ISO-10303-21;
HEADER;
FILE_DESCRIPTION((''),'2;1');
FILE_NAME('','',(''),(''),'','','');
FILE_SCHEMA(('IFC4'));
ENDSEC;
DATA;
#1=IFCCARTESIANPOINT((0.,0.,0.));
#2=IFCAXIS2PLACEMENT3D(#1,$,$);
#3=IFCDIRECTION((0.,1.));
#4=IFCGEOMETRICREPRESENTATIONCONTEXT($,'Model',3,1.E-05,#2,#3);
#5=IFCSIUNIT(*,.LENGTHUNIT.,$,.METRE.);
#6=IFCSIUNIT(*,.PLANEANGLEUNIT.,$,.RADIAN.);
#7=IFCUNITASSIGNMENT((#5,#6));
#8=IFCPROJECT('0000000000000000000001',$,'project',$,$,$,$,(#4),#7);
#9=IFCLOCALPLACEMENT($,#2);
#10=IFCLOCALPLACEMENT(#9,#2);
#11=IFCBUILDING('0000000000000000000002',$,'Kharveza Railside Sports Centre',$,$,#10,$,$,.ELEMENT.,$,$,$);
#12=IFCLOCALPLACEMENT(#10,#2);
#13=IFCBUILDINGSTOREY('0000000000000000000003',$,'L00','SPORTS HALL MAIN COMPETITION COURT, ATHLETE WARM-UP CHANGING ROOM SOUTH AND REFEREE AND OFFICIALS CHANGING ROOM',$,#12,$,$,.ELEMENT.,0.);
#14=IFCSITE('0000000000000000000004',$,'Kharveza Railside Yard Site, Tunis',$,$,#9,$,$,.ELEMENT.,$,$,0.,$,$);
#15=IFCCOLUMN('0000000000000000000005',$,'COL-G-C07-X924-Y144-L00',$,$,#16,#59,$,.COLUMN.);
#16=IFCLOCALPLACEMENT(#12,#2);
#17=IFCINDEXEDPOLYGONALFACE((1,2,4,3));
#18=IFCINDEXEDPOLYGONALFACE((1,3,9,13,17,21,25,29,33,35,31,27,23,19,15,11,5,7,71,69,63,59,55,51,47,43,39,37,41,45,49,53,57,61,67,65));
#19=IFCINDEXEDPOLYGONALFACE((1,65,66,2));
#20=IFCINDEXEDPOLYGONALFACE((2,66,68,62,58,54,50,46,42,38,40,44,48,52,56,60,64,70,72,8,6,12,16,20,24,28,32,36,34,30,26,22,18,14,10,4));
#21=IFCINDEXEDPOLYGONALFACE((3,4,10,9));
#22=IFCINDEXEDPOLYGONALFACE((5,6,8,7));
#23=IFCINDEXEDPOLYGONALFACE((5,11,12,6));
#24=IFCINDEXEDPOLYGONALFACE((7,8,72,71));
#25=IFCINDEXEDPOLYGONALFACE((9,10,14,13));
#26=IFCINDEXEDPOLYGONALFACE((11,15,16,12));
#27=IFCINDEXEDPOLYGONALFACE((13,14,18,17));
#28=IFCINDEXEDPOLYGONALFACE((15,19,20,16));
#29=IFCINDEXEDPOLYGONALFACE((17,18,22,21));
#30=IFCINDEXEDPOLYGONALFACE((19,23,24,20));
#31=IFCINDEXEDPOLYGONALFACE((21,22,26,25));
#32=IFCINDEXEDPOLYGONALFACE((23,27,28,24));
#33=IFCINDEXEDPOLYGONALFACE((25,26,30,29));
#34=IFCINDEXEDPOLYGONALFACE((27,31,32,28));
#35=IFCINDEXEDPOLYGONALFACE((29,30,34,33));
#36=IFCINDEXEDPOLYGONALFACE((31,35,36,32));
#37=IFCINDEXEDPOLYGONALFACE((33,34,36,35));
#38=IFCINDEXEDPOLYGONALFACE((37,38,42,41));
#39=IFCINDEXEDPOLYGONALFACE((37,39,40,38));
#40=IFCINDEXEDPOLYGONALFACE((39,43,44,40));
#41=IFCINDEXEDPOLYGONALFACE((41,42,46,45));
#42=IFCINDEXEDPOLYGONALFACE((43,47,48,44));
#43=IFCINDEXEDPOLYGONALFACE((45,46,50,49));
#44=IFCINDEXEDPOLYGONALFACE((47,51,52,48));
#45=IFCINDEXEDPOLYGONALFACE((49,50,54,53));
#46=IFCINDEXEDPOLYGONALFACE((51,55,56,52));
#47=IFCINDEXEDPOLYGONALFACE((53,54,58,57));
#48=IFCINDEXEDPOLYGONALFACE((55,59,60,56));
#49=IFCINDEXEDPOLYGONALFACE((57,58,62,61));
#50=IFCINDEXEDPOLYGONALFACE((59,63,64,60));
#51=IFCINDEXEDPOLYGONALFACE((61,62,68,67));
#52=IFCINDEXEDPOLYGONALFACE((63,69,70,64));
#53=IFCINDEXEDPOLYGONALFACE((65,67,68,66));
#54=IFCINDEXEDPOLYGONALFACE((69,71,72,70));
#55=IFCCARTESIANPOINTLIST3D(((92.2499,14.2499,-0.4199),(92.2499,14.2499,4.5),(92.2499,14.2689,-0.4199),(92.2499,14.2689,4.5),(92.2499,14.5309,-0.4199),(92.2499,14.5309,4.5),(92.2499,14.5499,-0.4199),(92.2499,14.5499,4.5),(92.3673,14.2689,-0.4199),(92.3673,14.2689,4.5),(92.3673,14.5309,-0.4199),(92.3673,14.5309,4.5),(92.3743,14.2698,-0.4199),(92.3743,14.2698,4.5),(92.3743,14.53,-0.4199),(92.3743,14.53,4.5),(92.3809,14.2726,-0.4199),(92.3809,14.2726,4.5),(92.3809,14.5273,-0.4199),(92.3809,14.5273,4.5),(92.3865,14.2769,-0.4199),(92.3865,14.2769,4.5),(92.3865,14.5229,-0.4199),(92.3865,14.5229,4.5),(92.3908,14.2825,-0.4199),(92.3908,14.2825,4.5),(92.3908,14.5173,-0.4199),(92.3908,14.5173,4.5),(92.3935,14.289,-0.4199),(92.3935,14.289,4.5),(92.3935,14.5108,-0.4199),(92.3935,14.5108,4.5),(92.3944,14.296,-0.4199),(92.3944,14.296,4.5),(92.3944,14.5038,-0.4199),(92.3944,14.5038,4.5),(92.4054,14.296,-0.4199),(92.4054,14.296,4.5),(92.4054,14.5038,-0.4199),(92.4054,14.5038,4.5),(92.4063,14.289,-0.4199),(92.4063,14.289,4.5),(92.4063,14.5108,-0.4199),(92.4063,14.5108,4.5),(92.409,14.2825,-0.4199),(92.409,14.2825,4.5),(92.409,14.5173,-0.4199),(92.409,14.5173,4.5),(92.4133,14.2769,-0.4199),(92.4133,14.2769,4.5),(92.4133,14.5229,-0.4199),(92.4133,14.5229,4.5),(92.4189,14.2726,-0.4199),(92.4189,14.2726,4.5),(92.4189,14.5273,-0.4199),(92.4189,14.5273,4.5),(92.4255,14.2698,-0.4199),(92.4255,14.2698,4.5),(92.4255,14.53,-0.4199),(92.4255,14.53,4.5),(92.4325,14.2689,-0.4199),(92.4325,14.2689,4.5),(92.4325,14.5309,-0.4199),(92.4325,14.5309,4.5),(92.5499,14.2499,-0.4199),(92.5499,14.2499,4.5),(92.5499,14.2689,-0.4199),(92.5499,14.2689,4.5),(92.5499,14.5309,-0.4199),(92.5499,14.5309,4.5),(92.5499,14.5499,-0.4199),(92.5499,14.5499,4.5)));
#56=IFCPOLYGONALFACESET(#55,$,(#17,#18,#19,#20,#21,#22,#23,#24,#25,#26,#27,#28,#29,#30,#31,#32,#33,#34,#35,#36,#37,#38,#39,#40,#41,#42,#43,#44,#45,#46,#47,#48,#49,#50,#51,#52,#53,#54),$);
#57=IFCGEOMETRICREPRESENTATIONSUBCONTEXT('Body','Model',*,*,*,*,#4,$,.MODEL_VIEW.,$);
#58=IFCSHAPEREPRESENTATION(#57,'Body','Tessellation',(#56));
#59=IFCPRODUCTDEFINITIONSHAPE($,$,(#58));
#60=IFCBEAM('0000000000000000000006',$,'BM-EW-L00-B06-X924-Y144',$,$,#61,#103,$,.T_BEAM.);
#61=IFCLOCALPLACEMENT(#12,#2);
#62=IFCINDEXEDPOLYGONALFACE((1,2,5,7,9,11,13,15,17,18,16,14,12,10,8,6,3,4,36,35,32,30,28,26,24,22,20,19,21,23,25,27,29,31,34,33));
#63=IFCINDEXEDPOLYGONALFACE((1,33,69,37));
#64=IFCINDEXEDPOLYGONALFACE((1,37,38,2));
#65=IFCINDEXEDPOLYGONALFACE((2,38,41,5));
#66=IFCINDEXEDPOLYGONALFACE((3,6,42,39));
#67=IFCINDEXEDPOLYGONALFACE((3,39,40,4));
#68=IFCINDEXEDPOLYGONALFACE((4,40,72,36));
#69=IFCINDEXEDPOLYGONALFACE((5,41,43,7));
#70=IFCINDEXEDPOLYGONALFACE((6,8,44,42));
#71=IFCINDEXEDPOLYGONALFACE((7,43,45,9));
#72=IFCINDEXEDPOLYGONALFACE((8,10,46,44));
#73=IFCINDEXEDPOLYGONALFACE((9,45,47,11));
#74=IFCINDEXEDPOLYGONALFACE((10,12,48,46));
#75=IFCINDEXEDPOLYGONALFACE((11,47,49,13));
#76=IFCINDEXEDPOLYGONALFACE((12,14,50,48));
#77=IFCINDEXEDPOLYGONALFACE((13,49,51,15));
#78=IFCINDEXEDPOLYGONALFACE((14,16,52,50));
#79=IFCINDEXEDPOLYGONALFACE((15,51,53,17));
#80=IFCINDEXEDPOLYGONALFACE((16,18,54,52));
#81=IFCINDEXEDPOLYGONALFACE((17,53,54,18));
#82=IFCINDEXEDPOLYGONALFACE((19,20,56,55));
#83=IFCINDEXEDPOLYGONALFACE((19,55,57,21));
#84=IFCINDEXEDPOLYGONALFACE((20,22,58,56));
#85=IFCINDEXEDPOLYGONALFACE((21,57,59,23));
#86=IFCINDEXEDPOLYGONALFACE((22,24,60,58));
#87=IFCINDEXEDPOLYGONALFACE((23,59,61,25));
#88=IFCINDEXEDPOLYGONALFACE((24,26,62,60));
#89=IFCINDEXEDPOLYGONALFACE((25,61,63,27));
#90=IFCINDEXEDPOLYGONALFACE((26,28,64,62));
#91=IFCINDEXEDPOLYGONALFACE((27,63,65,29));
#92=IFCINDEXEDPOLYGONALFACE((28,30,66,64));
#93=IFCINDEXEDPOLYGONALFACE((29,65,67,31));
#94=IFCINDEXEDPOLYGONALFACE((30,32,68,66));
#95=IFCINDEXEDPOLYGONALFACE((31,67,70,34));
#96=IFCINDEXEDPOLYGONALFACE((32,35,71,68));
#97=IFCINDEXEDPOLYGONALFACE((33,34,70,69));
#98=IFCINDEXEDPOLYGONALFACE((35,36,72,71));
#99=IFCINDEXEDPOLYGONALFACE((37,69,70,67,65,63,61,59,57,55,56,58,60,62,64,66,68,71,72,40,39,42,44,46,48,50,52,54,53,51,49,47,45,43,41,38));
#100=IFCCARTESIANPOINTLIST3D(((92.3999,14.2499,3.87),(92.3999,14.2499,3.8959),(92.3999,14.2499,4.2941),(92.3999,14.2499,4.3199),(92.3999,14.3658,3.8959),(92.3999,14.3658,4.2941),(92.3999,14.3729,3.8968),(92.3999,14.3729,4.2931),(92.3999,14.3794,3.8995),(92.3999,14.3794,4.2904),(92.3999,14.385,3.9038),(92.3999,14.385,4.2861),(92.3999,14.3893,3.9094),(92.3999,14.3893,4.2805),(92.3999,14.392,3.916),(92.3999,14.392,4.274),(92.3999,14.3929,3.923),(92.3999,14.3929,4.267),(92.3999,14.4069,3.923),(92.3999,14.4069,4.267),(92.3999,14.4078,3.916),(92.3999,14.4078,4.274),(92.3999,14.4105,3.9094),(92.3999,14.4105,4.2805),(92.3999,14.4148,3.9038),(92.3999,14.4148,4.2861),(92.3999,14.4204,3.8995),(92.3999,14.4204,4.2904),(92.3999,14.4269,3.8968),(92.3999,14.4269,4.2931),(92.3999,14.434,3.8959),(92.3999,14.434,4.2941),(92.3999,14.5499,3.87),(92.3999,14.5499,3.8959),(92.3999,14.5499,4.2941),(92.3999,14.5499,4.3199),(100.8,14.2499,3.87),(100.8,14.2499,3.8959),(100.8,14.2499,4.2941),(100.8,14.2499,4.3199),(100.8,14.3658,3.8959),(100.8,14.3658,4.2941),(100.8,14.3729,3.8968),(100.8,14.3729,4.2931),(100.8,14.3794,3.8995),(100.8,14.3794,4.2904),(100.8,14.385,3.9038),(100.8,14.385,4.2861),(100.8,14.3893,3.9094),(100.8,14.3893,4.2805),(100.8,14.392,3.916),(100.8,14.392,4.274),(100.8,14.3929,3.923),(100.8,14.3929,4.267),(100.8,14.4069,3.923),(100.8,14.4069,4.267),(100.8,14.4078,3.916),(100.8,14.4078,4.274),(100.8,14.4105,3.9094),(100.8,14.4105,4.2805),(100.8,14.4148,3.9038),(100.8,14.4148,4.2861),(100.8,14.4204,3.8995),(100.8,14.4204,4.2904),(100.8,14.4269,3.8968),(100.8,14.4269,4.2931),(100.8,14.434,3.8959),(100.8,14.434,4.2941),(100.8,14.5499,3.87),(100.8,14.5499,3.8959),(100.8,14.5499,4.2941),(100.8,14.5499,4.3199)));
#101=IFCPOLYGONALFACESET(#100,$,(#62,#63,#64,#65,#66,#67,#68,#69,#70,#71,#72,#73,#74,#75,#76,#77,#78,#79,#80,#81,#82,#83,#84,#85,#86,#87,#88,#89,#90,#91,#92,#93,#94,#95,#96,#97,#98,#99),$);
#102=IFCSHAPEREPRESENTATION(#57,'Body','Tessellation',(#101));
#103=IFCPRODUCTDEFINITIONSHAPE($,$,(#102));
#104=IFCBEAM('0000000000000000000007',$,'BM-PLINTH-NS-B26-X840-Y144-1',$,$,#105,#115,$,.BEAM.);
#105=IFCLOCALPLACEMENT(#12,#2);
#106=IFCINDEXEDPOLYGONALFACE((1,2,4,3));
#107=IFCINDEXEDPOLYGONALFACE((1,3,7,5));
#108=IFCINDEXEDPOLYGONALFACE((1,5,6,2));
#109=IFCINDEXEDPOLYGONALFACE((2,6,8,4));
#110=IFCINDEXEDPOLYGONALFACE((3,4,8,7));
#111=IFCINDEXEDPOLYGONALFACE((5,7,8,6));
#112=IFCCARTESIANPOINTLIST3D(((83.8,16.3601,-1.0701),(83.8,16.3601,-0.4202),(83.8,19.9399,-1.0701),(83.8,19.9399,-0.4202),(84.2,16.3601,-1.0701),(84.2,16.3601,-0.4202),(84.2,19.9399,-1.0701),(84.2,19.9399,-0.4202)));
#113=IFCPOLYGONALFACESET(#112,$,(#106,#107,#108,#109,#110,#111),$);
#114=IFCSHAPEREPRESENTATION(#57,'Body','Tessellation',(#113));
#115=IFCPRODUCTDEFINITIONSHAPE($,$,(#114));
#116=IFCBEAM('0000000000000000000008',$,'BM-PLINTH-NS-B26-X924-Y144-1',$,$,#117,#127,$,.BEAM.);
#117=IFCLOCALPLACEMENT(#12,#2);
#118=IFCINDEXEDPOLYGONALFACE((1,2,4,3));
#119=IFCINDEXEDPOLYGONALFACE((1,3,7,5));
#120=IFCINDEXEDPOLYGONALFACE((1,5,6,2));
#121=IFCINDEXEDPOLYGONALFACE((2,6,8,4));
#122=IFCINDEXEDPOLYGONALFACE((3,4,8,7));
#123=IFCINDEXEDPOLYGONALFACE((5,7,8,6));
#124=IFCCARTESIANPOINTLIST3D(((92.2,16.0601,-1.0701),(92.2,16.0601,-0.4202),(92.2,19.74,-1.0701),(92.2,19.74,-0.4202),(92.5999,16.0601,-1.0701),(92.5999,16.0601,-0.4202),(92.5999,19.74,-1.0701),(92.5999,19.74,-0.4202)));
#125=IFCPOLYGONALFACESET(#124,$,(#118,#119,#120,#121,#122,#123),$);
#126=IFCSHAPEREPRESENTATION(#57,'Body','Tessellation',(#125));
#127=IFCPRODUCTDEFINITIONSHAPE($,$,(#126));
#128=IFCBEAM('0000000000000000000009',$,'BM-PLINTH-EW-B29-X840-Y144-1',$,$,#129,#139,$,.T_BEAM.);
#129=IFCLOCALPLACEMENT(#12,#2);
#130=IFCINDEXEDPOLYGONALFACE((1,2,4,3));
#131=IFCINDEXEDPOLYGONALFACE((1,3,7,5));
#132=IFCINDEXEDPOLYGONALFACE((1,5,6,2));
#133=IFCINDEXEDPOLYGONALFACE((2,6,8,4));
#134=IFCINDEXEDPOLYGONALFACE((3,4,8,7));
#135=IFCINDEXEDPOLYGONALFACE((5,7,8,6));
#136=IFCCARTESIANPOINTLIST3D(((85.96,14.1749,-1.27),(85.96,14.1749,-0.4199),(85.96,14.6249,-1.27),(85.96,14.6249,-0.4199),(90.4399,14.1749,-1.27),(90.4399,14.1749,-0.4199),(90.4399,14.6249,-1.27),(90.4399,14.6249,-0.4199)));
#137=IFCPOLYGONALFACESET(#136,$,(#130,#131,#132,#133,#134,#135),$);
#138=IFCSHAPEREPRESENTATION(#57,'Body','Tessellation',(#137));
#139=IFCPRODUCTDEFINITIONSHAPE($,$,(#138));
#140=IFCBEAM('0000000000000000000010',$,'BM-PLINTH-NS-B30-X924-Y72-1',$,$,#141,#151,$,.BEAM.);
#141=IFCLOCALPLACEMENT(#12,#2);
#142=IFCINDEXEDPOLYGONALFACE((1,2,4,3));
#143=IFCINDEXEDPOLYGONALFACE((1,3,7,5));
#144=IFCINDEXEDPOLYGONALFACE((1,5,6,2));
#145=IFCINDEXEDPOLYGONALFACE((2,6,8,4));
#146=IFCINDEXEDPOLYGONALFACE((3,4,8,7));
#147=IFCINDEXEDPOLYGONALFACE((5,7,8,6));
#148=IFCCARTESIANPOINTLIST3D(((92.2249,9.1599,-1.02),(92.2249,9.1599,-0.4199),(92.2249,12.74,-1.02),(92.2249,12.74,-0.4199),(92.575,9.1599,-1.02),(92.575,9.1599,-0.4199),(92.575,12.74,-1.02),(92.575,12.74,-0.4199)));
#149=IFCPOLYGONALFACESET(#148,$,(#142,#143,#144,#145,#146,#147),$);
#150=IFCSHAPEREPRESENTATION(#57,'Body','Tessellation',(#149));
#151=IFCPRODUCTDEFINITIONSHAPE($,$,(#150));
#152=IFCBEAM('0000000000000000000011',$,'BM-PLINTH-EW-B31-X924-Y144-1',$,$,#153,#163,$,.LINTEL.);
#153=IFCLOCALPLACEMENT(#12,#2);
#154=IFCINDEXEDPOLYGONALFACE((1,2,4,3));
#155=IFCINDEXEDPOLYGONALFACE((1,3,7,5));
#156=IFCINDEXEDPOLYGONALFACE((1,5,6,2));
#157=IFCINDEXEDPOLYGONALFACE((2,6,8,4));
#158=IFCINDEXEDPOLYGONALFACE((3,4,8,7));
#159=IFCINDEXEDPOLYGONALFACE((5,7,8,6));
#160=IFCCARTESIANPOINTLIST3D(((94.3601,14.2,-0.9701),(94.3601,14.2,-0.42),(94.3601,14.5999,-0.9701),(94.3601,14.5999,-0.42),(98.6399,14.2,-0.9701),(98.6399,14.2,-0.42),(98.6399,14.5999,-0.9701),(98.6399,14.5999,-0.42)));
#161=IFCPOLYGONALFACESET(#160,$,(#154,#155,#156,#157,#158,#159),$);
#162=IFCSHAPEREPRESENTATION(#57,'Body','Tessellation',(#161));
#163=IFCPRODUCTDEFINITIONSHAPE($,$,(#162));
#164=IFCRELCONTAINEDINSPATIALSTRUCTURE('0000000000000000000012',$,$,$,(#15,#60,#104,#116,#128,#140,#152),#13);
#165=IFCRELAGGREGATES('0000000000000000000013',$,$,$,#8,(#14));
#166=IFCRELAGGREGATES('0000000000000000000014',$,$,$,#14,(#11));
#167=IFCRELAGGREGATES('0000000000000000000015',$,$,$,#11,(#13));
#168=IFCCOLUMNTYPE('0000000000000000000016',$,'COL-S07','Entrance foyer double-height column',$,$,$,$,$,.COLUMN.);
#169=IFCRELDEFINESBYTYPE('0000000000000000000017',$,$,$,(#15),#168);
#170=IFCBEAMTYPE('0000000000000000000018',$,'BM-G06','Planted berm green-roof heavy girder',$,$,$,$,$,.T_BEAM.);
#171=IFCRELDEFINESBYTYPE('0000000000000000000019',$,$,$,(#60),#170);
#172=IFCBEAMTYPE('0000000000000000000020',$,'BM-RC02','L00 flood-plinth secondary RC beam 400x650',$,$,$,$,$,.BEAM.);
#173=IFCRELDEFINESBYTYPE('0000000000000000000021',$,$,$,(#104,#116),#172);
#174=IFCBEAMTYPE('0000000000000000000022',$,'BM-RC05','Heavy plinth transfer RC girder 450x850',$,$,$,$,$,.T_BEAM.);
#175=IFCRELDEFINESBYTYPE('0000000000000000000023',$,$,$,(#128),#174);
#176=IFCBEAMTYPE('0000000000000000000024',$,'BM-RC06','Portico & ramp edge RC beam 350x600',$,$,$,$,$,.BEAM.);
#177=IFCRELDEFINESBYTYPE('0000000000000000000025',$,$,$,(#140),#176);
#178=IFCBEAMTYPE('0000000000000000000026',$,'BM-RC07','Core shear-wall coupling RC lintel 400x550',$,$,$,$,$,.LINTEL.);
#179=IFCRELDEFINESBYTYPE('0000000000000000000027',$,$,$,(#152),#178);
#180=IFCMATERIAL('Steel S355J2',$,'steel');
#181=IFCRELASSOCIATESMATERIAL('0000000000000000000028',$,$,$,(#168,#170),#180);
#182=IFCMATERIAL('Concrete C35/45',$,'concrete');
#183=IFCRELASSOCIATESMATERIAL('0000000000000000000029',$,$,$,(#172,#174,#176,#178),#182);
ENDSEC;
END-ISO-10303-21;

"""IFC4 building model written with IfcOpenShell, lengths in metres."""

from ifc_helpers import new_model, si_unit, direction, frame, origin, origin_2d, place, context, subcontext, project, spatial, rectangle, i_section, extrude, material, material_profile, profile_set, type_object, element, save


model = new_model("IFC4")

# Units and contexts
model_context = context("Model", 3, precision=1e-05, world=origin(), true_north=direction((0.0, 1.0)))
body_context = subcontext(model_context, "Body", "Model", "MODEL_VIEW")
ifc_project = project(units=[si_unit("LENGTHUNIT", "METRE"), si_unit("PLANEANGLEUNIT", "RADIAN")], contexts=[model_context])

# Site, building, storey
site_placement = place(None, origin())
site = spatial("IfcSite", under=ifc_project, at=site_placement, Name="Kharveza Railside Yard Site, Tunis", CompositionType="ELEMENT", RefElevation=0.0)
building_placement = place(site_placement, origin())
building = spatial("IfcBuilding", under=site, at=building_placement, Name="Kharveza Railside Sports Centre", CompositionType="ELEMENT")
storey_placement = place(building_placement, origin())
storey = spatial("IfcBuildingStorey", under=building, at=storey_placement, Name="L00", Description="SPORTS HALL MAIN COMPETITION COURT, ATHLETE WARM-UP CHANGING ROOM SOUTH AND REFEREE AND OFFICIALS CHANGING ROOM", CompositionType="ELEMENT", Elevation=0.0)

# Shared definitions
ifc_material_1 = material(Name="Concrete C35/45", Category="concrete")

# Column
ifc_material_2 = material(Name="Steel S355J2", Category="steel")
ifc_material_profile_1 = material_profile(ifc_material_2, i_section(OverallWidth=0.3, OverallDepth=0.3, WebThickness=0.011, FlangeThickness=0.019, FilletRadius=0.0271, at=origin_2d()), Name="HEB 300")
ifc_profile_set_1 = profile_set([ifc_material_profile_1], Name="Steel S355J2")
column_type = type_object("IfcColumnType", Name="COL-S07", Description="Entrance foyer double-height column", PredefinedType="COLUMN", material=ifc_profile_set_1)
column_placement = place(storey_placement, frame((92.3999, 14.3999, -0.4199), z_axis=(0.0, 0.0, 1.0), x_axis=(1.0, 0.0, 0.0)))
element("IfcColumn", 1, at=column_placement, inside=storey, type_object=column_type, Name="COL-G-C07-X924-Y144-L00", PredefinedType="COLUMN", context=body_context, shape_type="SweptSolid", body=[
    extrude(i_section(OverallWidth=0.3, OverallDepth=0.3, WebThickness=0.011, FlangeThickness=0.019, FilletRadius=0.0271, at=origin_2d()), origin(), (0.0, 0.0, 1.0), 4.9199),
])

# Beams
ifc_material_profile_2 = material_profile(ifc_material_2, i_section(OverallWidth=0.3, OverallDepth=0.45, WebThickness=0.0139, FlangeThickness=0.0259, FilletRadius=0.0271, at=origin_2d()), Name="HEB 450")
ifc_profile_set_2 = profile_set([ifc_material_profile_2], Name="Steel S355J2")
beam_type_1 = type_object("IfcBeamType", Name="BM-G06", Description="Planted berm green-roof heavy girder", PredefinedType="T_BEAM", material=ifc_profile_set_2)
beam_1_placement = place(storey_placement, frame((92.3999, 14.3999, 4.095), z_axis=(1.0, 0.0, 0.0), x_axis=(0.0, 1.0, 0.0)))
element("IfcBeam", 2, at=beam_1_placement, inside=storey, type_object=beam_type_1, Name="BM-EW-L00-B06-X924-Y144", PredefinedType="T_BEAM", context=body_context, shape_type="SweptSolid", body=[
    extrude(i_section(OverallWidth=0.3, OverallDepth=0.45, WebThickness=0.0139, FlangeThickness=0.0259, FilletRadius=0.0271, at=origin_2d()), origin(), (0.0, 0.0, 1.0), 8.4001),
])
ifc_material_profile_3 = material_profile(ifc_material_1, rectangle(XDim=0.3999, YDim=0.6499, at=origin_2d()), Name="RCB 400x650")
ifc_profile_set_3 = profile_set([ifc_material_profile_3], Name="Concrete C35/45")
beam_type_2 = type_object("IfcBeamType", Name="BM-RC02", Description="L00 flood-plinth secondary RC beam 400x650", PredefinedType="BEAM", material=ifc_profile_set_3)
beam_2_placement = place(storey_placement, frame((84.0, 16.3601, -0.7451), z_axis=(0.0, 1.0, 0.0), x_axis=(-1.0, 0.0, 0.0)))
element("IfcBeam", 3, at=beam_2_placement, inside=storey, type_object=beam_type_2, Name="BM-PLINTH-NS-B26-X840-Y144-1", PredefinedType="BEAM", context=body_context, shape_type="SweptSolid", body=[
    extrude(rectangle(XDim=0.3999, YDim=0.6499, at=origin_2d()), origin(), (0.0, 0.0, 1.0), 3.5798),
])
beam_3_placement = place(storey_placement, frame((92.3999, 16.0601, -0.7451), z_axis=(0.0, 1.0, 0.0), x_axis=(-1.0, 0.0, 0.0)))
element("IfcBeam", 4, at=beam_3_placement, inside=storey, type_object=beam_type_2, Name="BM-PLINTH-NS-B26-X924-Y144-1", PredefinedType="BEAM", context=body_context, shape_type="SweptSolid", body=[
    extrude(rectangle(XDim=0.3999, YDim=0.6499, at=origin_2d()), origin(), (0.0, 0.0, 1.0), 3.6799),
])
ifc_material_profile_4 = material_profile(ifc_material_1, rectangle(XDim=0.45, YDim=0.8501, at=origin_2d()), Name="RCB 450x850")
ifc_profile_set_4 = profile_set([ifc_material_profile_4], Name="Concrete C35/45")
beam_type_3 = type_object("IfcBeamType", Name="BM-RC05", Description="Heavy plinth transfer RC girder 450x850", PredefinedType="T_BEAM", material=ifc_profile_set_4)
beam_4_placement = place(storey_placement, frame((85.96, 14.3999, -0.845), z_axis=(1.0, 0.0, 0.0), x_axis=(0.0, 1.0, 0.0)))
element("IfcBeam", 5, at=beam_4_placement, inside=storey, type_object=beam_type_3, Name="BM-PLINTH-EW-B29-X840-Y144-1", PredefinedType="T_BEAM", context=body_context, shape_type="SweptSolid", body=[
    extrude(rectangle(XDim=0.45, YDim=0.8501, at=origin_2d()), origin(), (0.0, 0.0, 1.0), 4.48),
])
ifc_material_profile_5 = material_profile(ifc_material_1, rectangle(XDim=0.3501, YDim=0.6001, at=origin_2d()), Name="RCB 350x600")
ifc_profile_set_5 = profile_set([ifc_material_profile_5], Name="Concrete C35/45")
beam_type_4 = type_object("IfcBeamType", Name="BM-RC06", Description="Portico & ramp edge RC beam 350x600", PredefinedType="BEAM", material=ifc_profile_set_5)
beam_5_placement = place(storey_placement, frame((92.3999, 9.1599, -0.72), z_axis=(0.0, 1.0, 0.0), x_axis=(-1.0, 0.0, 0.0)))
element("IfcBeam", 6, at=beam_5_placement, inside=storey, type_object=beam_type_4, Name="BM-PLINTH-NS-B30-X924-Y72-1", PredefinedType="BEAM", context=body_context, shape_type="SweptSolid", body=[
    extrude(rectangle(XDim=0.3501, YDim=0.6001, at=origin_2d()), origin(), (0.0, 0.0, 1.0), 3.5801),
])
ifc_material_profile_6 = material_profile(ifc_material_1, rectangle(XDim=0.3999, YDim=0.55, at=origin_2d()), Name="RCB 400x550")
ifc_profile_set_6 = profile_set([ifc_material_profile_6], Name="Concrete C35/45")
beam_type_5 = type_object("IfcBeamType", Name="BM-RC07", Description="Core shear-wall coupling RC lintel 400x550", PredefinedType="LINTEL", material=ifc_profile_set_6)
beam_6_placement = place(storey_placement, frame((94.3601, 14.3999, -0.6951), z_axis=(1.0, 0.0, 0.0), x_axis=(0.0, 1.0, 0.0)))
element("IfcBeam", 7, at=beam_6_placement, inside=storey, type_object=beam_type_5, Name="BM-PLINTH-EW-B31-X924-Y144-1", PredefinedType="LINTEL", context=body_context, shape_type="SweptSolid", body=[
    extrude(rectangle(XDim=0.3999, YDim=0.55, at=origin_2d()), origin(), (0.0, 0.0, 1.0), 4.2798),
])

save(model, "model.ifc")
